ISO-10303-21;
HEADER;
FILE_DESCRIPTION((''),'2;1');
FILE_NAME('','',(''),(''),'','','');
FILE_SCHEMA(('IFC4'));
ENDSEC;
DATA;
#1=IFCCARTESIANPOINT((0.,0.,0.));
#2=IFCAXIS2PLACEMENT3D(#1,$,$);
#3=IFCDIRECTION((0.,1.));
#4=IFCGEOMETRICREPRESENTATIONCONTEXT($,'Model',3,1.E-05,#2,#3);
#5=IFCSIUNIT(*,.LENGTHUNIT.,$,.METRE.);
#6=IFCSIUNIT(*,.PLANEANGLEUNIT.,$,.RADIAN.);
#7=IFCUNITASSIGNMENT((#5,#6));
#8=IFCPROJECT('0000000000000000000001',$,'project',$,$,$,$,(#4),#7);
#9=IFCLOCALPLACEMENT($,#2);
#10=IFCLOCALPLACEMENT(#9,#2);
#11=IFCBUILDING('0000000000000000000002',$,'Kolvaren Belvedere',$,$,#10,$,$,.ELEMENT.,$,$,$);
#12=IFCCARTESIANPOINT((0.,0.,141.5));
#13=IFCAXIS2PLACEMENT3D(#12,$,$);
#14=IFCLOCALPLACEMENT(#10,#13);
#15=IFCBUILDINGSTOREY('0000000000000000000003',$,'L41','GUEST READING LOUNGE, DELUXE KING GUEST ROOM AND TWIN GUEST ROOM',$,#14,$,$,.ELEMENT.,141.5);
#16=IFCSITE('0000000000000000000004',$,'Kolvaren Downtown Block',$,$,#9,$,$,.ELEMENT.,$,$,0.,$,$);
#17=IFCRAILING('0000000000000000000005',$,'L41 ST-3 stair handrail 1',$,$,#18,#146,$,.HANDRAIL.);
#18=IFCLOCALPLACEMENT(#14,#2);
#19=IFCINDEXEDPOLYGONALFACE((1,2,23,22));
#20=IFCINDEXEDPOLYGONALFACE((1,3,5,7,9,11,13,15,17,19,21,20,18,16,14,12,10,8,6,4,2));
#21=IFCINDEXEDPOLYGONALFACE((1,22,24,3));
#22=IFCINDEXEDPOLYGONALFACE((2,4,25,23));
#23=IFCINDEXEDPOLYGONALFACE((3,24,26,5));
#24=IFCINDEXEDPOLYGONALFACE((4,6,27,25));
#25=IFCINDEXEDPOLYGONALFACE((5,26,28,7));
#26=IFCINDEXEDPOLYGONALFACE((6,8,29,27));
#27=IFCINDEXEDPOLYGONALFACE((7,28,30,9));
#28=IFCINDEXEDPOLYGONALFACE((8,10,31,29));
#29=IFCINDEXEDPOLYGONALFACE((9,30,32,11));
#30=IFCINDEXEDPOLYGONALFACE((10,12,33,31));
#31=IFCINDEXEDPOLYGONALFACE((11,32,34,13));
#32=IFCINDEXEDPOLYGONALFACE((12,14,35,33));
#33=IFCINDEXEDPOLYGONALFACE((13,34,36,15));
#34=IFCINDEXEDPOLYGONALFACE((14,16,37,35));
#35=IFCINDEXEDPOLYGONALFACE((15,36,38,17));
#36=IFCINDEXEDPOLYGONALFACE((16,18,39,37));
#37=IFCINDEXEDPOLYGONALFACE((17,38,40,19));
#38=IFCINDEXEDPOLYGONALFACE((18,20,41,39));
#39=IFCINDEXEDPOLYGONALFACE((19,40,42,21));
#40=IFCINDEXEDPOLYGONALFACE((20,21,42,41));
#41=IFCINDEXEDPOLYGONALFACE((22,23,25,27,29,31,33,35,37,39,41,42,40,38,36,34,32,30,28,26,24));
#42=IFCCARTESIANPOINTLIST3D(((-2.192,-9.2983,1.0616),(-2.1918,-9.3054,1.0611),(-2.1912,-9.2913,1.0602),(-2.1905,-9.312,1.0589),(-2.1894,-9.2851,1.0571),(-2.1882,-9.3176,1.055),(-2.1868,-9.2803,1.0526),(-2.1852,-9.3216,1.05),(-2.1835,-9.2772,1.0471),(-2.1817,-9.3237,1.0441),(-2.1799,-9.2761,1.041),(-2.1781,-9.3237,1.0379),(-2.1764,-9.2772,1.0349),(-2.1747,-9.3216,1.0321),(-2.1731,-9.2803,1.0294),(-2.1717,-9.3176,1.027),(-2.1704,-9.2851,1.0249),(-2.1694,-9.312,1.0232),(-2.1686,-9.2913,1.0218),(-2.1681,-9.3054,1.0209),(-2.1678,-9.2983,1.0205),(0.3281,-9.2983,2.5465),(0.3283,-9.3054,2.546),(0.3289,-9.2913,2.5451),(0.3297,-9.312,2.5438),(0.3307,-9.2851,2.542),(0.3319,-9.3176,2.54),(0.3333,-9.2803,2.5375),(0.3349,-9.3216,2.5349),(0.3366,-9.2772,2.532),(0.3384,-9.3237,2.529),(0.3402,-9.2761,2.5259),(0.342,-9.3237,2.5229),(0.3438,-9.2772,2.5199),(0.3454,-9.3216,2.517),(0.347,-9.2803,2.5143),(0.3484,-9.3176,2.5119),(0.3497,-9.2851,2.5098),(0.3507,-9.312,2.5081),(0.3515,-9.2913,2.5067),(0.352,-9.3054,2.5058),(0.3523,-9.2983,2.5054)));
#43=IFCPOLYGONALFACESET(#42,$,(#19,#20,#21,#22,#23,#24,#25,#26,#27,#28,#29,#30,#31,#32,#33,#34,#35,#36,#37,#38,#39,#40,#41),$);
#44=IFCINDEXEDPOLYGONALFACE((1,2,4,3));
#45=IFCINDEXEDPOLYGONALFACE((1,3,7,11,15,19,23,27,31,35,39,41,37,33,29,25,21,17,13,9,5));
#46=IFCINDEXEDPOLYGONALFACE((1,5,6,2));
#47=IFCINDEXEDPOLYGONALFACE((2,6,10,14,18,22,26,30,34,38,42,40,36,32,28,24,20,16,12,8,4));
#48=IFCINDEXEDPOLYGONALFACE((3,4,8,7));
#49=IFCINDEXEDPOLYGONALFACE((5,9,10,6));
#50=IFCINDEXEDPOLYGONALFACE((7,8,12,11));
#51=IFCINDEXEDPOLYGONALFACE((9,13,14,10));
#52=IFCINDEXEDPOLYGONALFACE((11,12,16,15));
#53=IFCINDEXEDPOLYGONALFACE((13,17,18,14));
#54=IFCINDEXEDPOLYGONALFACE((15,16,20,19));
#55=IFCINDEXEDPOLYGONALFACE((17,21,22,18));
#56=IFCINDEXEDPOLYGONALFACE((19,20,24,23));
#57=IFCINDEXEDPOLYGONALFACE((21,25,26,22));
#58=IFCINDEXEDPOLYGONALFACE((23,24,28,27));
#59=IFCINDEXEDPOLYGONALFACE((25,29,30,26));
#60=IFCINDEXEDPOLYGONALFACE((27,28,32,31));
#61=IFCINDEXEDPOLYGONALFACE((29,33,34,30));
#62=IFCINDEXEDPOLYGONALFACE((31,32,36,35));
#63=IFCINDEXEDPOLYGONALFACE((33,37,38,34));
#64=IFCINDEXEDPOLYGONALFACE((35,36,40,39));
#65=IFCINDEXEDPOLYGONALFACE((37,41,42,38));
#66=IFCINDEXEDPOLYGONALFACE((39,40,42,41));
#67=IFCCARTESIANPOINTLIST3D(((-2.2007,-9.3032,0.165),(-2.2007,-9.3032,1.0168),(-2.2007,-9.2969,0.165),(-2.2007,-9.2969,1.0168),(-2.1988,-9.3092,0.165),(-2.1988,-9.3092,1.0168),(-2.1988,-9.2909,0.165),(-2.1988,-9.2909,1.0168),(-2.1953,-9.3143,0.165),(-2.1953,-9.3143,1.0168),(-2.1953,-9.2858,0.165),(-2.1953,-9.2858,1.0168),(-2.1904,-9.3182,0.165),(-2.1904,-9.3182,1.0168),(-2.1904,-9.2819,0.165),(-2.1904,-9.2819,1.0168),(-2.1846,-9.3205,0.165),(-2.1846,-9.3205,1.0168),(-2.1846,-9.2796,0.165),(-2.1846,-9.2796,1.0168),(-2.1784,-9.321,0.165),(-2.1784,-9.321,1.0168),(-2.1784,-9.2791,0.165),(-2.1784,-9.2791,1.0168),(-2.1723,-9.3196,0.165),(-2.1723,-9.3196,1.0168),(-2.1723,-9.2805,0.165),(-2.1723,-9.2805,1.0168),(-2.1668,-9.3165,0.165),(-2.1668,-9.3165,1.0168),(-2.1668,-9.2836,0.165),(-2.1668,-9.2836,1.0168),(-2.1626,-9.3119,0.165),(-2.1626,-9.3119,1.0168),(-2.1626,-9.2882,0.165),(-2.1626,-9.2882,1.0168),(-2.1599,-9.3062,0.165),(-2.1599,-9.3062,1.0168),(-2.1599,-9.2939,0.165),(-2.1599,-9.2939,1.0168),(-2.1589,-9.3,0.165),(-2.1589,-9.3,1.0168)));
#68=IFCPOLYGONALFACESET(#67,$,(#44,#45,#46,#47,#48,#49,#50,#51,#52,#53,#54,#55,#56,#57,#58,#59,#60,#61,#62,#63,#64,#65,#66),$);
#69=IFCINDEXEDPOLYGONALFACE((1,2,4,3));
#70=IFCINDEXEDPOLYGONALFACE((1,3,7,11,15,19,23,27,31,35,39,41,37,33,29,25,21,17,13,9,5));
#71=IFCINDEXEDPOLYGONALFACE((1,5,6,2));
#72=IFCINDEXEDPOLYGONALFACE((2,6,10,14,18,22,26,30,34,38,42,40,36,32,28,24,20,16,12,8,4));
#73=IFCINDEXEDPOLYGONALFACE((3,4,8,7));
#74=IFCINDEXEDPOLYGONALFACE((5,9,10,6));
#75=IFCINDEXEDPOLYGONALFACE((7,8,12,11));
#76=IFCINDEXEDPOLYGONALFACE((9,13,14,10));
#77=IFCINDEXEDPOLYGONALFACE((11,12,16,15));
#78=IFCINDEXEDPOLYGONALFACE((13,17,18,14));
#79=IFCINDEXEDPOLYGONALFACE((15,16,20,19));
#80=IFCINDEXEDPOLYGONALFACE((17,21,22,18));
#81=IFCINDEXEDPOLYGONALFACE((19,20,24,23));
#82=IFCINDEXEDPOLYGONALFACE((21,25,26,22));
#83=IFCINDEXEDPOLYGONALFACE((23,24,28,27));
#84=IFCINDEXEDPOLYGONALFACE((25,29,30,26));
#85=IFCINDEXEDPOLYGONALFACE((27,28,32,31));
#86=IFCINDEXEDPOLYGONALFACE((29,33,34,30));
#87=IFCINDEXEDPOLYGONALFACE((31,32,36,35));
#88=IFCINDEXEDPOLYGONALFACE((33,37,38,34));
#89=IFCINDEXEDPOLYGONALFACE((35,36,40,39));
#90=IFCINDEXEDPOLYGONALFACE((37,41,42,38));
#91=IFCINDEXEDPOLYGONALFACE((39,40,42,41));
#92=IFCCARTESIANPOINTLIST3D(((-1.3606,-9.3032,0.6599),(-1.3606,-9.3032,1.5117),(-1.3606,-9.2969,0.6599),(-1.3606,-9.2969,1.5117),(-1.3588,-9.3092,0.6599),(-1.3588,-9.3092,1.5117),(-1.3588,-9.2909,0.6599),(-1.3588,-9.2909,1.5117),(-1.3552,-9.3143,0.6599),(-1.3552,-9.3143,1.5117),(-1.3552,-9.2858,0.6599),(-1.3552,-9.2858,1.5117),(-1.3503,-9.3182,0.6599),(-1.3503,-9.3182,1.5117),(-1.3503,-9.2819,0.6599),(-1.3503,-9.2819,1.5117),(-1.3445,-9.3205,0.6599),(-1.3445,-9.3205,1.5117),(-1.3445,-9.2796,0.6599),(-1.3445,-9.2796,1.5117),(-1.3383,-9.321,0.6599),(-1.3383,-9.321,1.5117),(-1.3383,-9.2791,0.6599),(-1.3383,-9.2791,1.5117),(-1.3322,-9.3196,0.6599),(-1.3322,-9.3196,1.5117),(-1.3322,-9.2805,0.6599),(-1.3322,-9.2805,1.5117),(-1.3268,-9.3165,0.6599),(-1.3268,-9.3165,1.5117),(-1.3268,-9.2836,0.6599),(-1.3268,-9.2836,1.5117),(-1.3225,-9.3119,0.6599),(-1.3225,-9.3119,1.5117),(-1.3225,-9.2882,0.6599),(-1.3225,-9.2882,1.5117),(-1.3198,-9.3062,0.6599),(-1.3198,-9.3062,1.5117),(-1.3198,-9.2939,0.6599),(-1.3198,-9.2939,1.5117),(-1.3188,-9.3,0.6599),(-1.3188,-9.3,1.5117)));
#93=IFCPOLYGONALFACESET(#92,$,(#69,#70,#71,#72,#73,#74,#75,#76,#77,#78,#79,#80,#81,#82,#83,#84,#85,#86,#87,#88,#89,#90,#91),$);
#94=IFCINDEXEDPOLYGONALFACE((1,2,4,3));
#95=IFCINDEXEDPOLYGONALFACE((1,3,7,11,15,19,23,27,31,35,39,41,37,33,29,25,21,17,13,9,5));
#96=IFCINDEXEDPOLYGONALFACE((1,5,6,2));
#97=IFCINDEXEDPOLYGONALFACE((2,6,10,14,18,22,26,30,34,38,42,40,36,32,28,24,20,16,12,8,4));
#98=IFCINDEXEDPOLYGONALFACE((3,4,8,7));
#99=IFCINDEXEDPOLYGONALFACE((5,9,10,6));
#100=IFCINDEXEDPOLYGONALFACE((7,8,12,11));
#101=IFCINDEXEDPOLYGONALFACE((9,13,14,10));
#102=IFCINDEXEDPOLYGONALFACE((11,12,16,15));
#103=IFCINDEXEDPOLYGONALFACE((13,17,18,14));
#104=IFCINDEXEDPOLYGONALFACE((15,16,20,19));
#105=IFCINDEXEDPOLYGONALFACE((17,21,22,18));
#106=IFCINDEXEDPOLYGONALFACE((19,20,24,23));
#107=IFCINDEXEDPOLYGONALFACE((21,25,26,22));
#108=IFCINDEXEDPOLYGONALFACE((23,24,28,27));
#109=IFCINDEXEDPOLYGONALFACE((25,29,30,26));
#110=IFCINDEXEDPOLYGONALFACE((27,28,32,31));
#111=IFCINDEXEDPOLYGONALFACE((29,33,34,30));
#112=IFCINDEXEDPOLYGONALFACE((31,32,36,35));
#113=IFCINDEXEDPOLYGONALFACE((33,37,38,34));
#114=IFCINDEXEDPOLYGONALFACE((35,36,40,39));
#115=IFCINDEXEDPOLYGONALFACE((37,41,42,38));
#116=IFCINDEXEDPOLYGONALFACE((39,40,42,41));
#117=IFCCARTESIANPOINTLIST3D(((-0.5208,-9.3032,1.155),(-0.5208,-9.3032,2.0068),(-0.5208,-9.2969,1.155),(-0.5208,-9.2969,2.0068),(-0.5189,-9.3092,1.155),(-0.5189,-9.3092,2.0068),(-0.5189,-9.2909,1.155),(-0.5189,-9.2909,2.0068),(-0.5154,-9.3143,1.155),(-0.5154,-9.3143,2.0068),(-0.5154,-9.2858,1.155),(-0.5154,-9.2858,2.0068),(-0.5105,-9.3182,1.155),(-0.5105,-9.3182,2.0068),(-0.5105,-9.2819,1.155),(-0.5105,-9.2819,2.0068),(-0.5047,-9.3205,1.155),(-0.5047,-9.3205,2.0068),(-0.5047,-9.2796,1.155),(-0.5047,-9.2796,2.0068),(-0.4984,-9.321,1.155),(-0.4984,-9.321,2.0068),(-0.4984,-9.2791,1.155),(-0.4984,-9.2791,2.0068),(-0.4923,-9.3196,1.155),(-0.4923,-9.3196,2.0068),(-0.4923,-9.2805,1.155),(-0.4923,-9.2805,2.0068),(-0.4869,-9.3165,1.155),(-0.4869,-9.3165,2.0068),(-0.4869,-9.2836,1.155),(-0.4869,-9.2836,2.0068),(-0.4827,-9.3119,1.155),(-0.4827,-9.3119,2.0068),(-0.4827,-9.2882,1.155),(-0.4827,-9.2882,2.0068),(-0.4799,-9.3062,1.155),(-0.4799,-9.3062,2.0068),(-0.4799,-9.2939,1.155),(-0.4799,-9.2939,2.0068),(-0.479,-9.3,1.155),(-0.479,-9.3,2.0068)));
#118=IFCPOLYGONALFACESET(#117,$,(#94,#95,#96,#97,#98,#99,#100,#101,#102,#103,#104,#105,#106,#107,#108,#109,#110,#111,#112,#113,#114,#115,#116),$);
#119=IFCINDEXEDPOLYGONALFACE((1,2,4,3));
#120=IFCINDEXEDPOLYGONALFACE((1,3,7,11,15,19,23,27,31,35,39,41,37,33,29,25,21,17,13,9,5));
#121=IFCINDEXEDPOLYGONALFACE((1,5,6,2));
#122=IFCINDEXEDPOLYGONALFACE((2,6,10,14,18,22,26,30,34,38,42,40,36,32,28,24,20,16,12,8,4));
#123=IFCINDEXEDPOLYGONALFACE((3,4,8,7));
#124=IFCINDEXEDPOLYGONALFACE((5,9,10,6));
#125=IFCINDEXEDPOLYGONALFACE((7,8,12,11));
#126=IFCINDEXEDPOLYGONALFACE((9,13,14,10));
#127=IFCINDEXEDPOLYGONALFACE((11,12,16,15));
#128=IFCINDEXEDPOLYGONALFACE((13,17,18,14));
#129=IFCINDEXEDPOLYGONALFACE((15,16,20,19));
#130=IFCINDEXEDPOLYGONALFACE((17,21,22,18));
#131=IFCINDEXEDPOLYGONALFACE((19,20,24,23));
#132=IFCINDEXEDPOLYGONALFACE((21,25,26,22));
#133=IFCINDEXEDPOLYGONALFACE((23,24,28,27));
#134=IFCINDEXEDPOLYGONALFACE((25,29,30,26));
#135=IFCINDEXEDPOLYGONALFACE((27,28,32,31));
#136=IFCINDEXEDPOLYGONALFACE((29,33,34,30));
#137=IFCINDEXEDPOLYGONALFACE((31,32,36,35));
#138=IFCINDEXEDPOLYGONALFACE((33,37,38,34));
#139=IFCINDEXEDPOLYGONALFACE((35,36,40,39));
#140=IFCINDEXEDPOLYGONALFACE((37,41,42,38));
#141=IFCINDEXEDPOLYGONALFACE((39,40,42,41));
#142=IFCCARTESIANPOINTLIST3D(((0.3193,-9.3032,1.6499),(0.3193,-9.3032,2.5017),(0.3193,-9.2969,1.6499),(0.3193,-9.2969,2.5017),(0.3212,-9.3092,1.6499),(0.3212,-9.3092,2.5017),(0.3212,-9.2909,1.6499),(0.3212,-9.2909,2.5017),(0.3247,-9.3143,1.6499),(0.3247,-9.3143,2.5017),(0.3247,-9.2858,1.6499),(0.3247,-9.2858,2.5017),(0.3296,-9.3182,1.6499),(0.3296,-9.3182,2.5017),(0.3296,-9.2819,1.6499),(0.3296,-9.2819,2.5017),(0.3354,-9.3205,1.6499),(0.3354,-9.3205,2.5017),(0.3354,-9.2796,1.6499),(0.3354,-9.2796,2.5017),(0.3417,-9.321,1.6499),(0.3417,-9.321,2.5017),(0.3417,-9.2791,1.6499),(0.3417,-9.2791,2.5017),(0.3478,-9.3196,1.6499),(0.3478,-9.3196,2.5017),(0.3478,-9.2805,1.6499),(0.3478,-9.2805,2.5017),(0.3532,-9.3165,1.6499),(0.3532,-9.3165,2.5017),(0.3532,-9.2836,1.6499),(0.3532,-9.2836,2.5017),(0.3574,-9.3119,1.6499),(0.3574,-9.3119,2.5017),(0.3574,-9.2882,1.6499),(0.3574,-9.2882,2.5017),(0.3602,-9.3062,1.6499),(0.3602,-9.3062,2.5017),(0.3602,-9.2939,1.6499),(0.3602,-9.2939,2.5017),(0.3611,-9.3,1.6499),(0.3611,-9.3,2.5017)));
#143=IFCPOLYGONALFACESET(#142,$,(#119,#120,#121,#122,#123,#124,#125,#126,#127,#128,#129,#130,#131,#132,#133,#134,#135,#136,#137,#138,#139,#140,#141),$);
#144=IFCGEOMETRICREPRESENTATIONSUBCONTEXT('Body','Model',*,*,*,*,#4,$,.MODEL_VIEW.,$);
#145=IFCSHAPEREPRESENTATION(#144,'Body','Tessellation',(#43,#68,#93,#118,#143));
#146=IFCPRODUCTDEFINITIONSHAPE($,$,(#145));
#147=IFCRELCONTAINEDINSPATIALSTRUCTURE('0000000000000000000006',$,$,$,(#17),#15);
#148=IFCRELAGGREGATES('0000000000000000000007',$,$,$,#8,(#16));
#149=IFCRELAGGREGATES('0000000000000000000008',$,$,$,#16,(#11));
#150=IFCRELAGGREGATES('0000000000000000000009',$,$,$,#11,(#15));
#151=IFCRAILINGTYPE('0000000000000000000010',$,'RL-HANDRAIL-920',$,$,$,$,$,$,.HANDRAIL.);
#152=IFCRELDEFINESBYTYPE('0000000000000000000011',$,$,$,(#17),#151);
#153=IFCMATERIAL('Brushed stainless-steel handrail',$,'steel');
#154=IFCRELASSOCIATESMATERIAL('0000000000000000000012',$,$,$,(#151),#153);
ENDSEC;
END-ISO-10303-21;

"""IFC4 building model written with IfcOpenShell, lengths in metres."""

from ifc_helpers import new_model, si_unit, direction, frame, origin, origin_2d, place, context, subcontext, project, spatial, circle, extrude, material, type_object, element, save


model = new_model("IFC4")

# Units and contexts
model_context = context("Model", 3, precision=1e-05, world=origin(), true_north=direction((0.0, 1.0)))
body_context = subcontext(model_context, "Body", "Model", "MODEL_VIEW")
ifc_project = project(units=[si_unit("LENGTHUNIT", "METRE"), si_unit("PLANEANGLEUNIT", "RADIAN")], contexts=[model_context])

# Site, building, storey
site_placement = place(None, origin())
site = spatial("IfcSite", under=ifc_project, at=site_placement, Name="Kolvaren Downtown Block", CompositionType="ELEMENT", RefElevation=0.0)
building_placement = place(site_placement, origin())
building = spatial("IfcBuilding", under=site, at=building_placement, Name="Kolvaren Belvedere", CompositionType="ELEMENT")
storey_placement = place(building_placement, frame((0.0, 0.0, 141.5)))
storey = spatial("IfcBuildingStorey", under=building, at=storey_placement, Name="L41", Description="GUEST READING LOUNGE, DELUXE KING GUEST ROOM AND TWIN GUEST ROOM", CompositionType="ELEMENT", Elevation=141.5)

# Railing
ifc_material_1 = material(Name="Brushed stainless-steel handrail", Category="steel")
railing_type_1 = type_object("IfcRailingType", Name="RL-HANDRAIL-920", PredefinedType="HANDRAIL", material=ifc_material_1)
railing_1_placement = place(storey_placement, frame((-2.1799, -9.3, 0.165)))
element("IfcRailing", 1, at=railing_1_placement, inside=storey, type_object=railing_type_1, Name="L41 ST-3 stair handrail 1", PredefinedType="HANDRAIL", context=body_context, shape_type="SweptSolid", body=[
    extrude(circle(Radius=0.0239, at=origin_2d()), frame((0.0, 0.0, 0.876), z_axis=(0.861561, 0.0, 0.507655), x_axis=(0.0, 1.0, 0.0)), (0.0, 0.0, 1.0), 2.925),
    extrude(circle(Radius=0.021, at=origin_2d()), origin(), (0.0, 0.0, 1.0), 0.8518),
    extrude(circle(Radius=0.021, at=origin_2d()), frame((0.8401, 0.0, 0.4949)), (0.0, 0.0, 1.0), 0.8518),
    extrude(circle(Radius=0.021, at=origin_2d()), frame((1.6799, 0.0, 0.99)), (0.0, 0.0, 1.0), 0.8518),
    extrude(circle(Radius=0.021, at=origin_2d()), frame((2.52, 0.0, 1.4849)), (0.0, 0.0, 1.0), 0.8518),
])

save(model, "model.ifc")
